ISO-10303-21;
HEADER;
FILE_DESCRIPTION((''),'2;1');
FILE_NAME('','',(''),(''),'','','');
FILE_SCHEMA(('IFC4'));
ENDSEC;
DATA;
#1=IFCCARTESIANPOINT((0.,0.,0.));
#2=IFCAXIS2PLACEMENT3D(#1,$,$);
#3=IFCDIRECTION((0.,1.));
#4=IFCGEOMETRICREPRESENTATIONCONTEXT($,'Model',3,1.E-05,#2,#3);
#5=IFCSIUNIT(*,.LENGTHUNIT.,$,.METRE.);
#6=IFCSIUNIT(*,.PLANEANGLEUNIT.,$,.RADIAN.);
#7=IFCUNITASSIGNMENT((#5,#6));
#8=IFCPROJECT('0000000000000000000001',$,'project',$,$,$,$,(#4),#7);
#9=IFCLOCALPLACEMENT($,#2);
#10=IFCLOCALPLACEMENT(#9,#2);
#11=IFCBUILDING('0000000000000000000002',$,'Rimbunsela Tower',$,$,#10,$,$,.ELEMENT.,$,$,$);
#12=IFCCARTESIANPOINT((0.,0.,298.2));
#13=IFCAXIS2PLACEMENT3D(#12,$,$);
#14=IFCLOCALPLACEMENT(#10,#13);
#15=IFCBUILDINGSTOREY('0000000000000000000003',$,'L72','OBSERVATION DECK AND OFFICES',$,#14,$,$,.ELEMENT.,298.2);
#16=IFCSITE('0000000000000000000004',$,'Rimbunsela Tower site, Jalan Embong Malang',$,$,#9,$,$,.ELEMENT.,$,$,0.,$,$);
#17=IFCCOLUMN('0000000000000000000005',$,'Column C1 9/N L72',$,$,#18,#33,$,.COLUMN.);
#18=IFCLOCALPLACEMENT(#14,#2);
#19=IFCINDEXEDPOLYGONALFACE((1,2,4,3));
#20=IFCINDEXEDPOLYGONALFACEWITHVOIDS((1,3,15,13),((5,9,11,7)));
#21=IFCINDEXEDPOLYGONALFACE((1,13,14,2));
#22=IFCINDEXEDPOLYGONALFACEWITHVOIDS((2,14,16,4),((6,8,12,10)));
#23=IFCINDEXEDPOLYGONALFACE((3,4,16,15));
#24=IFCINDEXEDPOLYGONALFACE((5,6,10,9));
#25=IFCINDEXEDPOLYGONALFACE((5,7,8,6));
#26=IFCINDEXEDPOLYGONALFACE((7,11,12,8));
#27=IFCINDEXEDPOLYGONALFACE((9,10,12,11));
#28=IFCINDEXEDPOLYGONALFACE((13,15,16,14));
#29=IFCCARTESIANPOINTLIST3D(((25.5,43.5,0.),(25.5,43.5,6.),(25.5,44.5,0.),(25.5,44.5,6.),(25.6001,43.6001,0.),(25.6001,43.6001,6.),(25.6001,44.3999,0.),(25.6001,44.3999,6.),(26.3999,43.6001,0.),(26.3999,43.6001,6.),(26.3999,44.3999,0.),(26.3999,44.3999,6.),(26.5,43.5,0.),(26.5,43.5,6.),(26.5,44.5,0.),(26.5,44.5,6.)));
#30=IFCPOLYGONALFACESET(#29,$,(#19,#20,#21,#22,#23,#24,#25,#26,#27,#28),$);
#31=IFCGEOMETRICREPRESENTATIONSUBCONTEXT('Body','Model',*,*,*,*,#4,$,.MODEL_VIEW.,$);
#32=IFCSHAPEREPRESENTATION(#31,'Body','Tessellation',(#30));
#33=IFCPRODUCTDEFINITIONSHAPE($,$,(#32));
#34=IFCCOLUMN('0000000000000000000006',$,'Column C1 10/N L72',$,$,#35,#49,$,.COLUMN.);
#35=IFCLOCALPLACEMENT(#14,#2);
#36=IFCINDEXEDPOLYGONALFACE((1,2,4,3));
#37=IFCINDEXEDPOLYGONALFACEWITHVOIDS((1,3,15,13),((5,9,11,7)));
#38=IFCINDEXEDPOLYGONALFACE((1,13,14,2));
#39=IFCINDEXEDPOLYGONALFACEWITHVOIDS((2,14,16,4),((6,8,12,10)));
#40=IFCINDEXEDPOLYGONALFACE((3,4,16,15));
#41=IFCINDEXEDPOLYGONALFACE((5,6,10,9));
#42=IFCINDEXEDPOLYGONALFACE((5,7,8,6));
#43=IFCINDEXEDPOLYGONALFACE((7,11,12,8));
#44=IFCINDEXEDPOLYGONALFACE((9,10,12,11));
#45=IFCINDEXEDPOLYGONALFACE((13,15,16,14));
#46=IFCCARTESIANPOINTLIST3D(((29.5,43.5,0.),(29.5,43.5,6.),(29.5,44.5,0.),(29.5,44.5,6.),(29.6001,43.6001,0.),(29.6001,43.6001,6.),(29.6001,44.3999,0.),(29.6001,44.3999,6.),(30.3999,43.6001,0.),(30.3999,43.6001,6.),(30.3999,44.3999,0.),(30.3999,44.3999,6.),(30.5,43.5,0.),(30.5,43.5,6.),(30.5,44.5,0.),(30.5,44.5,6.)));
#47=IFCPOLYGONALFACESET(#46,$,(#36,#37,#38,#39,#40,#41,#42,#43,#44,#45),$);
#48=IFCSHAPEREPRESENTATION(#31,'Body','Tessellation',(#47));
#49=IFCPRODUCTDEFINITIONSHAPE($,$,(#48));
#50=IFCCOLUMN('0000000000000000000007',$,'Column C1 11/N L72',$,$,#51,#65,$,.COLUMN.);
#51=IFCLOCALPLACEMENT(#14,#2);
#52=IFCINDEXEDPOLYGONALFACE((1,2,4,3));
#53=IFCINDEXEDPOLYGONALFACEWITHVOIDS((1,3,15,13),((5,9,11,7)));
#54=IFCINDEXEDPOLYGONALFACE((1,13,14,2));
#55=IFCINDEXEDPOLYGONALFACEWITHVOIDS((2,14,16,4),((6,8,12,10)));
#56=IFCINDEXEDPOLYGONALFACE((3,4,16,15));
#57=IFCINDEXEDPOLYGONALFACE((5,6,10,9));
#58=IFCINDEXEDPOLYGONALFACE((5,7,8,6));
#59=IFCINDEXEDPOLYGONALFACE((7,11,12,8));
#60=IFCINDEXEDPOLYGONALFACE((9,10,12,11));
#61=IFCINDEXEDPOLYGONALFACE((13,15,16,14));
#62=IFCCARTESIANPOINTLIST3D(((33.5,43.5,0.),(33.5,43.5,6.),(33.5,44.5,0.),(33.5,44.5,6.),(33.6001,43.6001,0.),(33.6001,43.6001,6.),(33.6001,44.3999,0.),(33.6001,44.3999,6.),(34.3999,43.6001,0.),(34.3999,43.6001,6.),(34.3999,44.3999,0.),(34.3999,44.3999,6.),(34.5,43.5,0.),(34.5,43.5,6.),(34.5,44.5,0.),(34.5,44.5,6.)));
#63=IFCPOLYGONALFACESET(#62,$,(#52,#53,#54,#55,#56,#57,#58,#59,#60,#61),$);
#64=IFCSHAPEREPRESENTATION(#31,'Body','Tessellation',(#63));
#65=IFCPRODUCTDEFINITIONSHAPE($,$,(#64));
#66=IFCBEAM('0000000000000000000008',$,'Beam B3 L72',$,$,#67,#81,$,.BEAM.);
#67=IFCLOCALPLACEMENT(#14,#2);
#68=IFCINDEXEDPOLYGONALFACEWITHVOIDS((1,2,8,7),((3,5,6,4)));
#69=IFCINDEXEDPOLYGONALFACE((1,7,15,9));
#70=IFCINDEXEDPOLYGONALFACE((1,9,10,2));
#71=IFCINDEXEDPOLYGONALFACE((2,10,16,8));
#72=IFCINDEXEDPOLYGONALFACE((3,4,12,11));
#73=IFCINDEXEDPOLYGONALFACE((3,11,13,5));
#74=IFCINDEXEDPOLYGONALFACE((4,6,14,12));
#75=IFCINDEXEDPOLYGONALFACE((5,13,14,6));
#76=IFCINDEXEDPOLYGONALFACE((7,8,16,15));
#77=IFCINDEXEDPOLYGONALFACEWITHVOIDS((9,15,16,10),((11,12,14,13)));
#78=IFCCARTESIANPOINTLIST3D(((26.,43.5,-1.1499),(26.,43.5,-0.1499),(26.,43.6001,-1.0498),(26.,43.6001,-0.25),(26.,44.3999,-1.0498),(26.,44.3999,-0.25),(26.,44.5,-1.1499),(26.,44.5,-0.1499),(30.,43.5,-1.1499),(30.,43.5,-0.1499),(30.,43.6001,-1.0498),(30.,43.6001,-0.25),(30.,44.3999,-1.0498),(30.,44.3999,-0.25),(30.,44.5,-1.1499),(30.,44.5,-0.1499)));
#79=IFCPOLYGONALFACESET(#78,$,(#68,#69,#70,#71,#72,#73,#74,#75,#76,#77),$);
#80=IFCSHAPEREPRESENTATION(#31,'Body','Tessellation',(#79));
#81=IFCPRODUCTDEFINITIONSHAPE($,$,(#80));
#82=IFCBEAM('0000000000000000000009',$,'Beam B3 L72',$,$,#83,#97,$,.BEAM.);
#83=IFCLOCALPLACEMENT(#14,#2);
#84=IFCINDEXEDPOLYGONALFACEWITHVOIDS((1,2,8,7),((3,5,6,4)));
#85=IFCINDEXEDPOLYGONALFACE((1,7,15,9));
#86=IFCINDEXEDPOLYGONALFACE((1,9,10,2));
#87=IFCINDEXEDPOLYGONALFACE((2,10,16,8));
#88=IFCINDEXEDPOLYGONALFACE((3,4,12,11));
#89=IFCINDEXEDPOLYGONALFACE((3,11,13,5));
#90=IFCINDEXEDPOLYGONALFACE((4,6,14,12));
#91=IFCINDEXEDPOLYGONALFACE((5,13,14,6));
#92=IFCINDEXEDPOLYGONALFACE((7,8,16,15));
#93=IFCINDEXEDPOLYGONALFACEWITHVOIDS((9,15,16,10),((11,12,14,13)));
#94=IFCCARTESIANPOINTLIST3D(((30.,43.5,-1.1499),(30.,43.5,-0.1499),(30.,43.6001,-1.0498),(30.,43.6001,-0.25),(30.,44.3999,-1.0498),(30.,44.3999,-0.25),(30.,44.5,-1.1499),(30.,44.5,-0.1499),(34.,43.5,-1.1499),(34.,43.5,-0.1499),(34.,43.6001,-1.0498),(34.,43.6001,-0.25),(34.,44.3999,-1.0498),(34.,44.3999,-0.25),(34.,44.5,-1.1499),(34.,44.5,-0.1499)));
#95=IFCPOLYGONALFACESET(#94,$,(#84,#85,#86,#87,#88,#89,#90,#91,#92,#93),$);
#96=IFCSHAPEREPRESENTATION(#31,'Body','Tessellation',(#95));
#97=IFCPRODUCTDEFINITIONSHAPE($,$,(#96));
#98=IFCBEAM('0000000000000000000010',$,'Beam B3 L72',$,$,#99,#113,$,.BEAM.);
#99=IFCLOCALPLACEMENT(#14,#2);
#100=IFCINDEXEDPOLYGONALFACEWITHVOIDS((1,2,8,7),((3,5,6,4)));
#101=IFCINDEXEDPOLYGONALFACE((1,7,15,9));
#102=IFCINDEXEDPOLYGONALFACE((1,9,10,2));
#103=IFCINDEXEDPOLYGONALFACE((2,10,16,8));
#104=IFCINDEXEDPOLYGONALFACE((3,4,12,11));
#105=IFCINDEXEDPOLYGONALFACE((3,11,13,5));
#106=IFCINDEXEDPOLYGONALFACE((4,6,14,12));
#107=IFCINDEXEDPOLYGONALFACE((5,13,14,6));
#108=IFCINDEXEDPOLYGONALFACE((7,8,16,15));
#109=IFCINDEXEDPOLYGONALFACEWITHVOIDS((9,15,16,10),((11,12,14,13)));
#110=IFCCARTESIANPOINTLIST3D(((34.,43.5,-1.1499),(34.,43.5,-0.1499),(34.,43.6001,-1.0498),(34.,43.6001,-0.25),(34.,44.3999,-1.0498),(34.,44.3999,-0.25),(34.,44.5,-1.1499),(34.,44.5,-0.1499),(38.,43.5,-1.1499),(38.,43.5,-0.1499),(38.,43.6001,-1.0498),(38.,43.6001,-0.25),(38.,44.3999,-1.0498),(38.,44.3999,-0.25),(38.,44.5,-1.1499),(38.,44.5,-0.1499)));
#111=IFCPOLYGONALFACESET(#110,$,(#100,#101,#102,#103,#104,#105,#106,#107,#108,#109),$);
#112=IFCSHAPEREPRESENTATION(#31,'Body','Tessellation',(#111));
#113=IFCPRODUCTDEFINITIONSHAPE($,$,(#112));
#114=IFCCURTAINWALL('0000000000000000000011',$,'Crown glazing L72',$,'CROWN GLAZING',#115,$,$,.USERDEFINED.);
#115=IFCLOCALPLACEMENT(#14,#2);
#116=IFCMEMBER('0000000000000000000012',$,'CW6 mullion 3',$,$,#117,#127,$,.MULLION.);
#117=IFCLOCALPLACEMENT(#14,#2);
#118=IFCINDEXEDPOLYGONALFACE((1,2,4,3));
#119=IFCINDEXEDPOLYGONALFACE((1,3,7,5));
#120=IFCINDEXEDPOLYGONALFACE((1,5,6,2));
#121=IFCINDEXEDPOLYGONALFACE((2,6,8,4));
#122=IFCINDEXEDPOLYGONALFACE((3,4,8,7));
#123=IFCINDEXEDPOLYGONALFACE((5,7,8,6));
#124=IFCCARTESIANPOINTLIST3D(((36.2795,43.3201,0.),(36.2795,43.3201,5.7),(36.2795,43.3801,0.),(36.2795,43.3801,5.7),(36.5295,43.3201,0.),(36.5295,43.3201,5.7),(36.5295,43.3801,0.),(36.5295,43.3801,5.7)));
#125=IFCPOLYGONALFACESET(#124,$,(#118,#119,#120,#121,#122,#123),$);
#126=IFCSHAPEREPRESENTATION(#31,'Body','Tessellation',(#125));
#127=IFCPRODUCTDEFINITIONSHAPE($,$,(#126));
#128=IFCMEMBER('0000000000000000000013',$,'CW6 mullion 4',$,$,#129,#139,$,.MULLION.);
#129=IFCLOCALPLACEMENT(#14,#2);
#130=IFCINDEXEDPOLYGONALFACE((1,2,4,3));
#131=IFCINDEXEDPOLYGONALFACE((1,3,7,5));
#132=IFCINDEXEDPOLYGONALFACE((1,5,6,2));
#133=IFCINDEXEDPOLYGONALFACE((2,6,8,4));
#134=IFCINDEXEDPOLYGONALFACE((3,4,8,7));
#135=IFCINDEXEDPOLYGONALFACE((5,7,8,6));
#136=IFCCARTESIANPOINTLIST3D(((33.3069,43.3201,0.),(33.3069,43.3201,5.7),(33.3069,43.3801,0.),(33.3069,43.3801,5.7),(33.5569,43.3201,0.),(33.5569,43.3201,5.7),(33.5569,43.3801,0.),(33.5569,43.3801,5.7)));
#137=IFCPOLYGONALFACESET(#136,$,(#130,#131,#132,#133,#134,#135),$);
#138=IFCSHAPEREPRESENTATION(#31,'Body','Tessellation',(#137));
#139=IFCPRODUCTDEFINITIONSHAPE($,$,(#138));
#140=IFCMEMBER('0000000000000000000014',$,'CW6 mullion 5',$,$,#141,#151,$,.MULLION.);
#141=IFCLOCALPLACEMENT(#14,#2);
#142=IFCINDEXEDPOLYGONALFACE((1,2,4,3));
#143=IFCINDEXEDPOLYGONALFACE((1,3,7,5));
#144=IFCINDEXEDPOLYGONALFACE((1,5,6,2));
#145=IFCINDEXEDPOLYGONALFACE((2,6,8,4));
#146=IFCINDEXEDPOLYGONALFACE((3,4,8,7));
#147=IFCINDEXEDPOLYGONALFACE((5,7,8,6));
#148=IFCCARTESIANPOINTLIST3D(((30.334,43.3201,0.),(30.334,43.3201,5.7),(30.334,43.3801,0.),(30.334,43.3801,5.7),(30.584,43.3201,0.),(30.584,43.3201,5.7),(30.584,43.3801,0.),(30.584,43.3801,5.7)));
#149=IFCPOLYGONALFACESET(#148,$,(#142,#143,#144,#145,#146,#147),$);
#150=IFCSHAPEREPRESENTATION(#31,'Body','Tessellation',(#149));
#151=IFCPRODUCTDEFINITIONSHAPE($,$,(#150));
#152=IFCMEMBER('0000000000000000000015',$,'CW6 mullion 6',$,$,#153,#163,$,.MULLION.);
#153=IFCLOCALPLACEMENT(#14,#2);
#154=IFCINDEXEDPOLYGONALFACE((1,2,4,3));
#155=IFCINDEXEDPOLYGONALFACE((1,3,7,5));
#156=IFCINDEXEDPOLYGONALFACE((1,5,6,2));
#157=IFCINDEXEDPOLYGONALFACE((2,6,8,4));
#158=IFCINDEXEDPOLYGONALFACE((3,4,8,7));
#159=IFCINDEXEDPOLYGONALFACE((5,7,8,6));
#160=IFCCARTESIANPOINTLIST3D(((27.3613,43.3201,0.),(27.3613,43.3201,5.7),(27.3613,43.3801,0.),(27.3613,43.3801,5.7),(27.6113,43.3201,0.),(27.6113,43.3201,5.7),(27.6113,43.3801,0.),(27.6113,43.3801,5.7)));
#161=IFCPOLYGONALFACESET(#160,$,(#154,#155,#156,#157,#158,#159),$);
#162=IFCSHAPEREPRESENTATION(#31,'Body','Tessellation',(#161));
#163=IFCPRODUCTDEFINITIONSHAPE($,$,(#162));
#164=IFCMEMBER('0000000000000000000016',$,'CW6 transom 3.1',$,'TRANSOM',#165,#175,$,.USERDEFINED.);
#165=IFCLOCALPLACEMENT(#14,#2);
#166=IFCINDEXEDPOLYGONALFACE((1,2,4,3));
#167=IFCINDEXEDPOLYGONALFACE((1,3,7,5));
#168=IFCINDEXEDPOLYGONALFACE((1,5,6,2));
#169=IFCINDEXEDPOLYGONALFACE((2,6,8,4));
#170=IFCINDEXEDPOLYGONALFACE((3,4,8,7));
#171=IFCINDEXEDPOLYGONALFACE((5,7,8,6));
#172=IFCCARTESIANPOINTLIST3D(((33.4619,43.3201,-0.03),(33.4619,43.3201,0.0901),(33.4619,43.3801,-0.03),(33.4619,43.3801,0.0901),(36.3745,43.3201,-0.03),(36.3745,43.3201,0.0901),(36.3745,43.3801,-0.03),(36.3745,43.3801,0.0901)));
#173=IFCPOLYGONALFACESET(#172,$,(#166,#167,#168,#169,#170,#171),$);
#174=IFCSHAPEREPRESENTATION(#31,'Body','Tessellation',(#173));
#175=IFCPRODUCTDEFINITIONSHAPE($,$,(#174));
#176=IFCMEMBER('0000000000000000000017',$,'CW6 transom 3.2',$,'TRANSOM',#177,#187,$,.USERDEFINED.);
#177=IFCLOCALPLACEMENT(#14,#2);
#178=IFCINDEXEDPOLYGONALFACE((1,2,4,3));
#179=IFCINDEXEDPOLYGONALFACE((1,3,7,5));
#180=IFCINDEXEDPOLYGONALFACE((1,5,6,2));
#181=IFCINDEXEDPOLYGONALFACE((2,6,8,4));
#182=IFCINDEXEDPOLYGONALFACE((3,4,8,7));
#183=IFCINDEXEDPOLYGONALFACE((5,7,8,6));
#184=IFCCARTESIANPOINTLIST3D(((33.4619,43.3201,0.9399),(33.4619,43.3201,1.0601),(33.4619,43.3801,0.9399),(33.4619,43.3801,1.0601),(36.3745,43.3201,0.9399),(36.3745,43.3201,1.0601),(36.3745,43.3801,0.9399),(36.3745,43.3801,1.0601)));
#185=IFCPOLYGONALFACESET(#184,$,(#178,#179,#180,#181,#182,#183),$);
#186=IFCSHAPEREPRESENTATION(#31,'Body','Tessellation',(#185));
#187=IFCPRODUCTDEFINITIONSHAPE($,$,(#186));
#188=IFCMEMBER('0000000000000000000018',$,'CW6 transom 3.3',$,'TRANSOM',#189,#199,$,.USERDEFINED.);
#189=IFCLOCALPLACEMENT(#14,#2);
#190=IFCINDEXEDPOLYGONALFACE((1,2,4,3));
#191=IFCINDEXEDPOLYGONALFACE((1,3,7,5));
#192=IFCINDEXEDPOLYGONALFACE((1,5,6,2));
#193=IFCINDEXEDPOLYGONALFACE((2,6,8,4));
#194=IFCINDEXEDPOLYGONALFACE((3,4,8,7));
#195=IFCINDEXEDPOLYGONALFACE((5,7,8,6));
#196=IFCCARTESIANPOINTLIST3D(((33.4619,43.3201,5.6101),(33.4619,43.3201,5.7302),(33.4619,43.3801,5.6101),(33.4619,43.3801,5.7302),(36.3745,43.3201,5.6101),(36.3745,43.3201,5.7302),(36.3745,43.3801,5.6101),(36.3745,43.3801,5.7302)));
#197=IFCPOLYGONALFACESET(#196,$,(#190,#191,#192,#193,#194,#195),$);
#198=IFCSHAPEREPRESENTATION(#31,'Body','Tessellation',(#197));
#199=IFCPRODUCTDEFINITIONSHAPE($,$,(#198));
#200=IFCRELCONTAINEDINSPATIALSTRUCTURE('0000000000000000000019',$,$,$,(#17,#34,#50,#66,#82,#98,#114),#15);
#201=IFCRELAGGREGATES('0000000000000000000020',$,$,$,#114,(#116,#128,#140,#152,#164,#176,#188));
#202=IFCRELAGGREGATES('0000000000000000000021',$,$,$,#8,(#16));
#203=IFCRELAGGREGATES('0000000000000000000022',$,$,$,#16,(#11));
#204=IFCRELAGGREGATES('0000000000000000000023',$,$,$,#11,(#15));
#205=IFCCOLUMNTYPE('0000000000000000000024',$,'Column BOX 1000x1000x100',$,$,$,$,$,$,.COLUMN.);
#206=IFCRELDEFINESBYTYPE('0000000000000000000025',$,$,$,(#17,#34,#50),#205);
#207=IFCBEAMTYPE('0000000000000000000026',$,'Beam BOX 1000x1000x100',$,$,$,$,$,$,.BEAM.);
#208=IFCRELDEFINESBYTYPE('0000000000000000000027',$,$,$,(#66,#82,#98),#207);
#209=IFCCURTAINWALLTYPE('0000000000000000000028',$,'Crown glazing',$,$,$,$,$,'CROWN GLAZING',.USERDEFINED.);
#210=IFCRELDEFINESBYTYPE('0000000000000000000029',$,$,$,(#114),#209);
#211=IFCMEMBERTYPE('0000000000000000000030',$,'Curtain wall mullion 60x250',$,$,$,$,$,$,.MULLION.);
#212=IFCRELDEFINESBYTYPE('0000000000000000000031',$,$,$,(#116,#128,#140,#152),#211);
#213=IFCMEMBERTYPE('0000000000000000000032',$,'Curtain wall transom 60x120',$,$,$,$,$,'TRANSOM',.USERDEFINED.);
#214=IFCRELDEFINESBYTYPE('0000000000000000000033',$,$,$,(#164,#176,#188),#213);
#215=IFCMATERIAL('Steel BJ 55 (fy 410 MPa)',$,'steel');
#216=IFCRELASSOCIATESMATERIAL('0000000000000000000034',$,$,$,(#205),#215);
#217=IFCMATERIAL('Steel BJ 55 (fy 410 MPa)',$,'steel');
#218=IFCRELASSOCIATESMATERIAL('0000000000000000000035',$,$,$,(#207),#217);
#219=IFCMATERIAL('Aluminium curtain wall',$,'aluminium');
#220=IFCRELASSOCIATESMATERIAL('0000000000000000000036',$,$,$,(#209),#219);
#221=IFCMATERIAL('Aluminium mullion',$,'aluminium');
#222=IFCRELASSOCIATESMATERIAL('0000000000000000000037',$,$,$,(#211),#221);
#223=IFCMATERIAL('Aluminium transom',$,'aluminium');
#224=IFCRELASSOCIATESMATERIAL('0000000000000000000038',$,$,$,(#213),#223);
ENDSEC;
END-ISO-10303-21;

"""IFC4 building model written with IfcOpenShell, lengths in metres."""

from ifc_helpers import new_model, si_unit, direction, frame, origin, origin_2d, place, context, subcontext, project, spatial, rectangle, hollow_rectangle, extrude, material, material_profile, profile_set, type_object, element, aggregate, save


model = new_model("IFC4")

# Units and contexts
model_context = context("Model", 3, precision=1e-05, world=origin(), true_north=direction((0.0, 1.0)))
body_context = subcontext(model_context, "Body", "Model", "MODEL_VIEW")
ifc_project = project(units=[si_unit("LENGTHUNIT", "METRE"), si_unit("PLANEANGLEUNIT", "RADIAN")], contexts=[model_context])

# Site, building, storey
site_placement = place(None, origin())
site = spatial("IfcSite", under=ifc_project, at=site_placement, Name="Rimbunsela Tower site, Jalan Embong Malang", CompositionType="ELEMENT", RefElevation=0.0)
building_placement = place(site_placement, origin())
building = spatial("IfcBuilding", under=site, at=building_placement, Name="Rimbunsela Tower", CompositionType="ELEMENT")
storey_placement = place(building_placement, frame((0.0, 0.0, 298.2)))
storey = spatial("IfcBuildingStorey", under=building, at=storey_placement, Name="L72", Description="OBSERVATION DECK AND OFFICES", CompositionType="ELEMENT", Elevation=298.2)

# Columns
ifc_material_1 = material(Name="Steel BJ 55 (fy 410 MPa)", Category="steel")
ifc_material_profile_1 = material_profile(ifc_material_1, hollow_rectangle(XDim=1.0, YDim=1.0, WallThickness=0.1001, at=origin_2d()), Name="BOX 1000x1000x100")
ifc_profile_set_1 = profile_set([ifc_material_profile_1], Name="Steel BJ 55 (fy 410 MPa)")
column_type = type_object("IfcColumnType", Name="Column BOX 1000x1000x100", PredefinedType="COLUMN", material=ifc_profile_set_1)
for number, where, z_axis, x_axis, name in (
    (1, (26.0, 44.0, 0.0), (0.0, 0.0, 1.0), (1.0, 0.0, 0.0), "Column C1 9/N L72"),
    (2, (30.0, 44.0, 0.0), (0.0, 0.0, 1.0), (1.0, 0.0, 0.0), "Column C1 10/N L72"),
    (3, (34.0, 44.0, 0.0), (0.0, 0.0, 1.0), (1.0, 0.0, 0.0), "Column C1 11/N L72"),
):
    element("IfcColumn", number, at=place(storey_placement, frame(where, z_axis=z_axis, x_axis=x_axis)), inside=storey, type_object=column_type, Name=name, PredefinedType="COLUMN", context=body_context, shape_type="SweptSolid", body=[
        extrude(hollow_rectangle(XDim=1.0, YDim=1.0, WallThickness=0.1001, at=origin_2d()), origin(), (0.0, 0.0, 1.0), 6.0),
    ])

# Beams
ifc_material_2 = material(Name="Steel BJ 55 (fy 410 MPa)", Category="steel")
ifc_material_profile_2 = material_profile(ifc_material_2, hollow_rectangle(XDim=1.0, YDim=1.0, WallThickness=0.1001, at=origin_2d()), Name="BOX 1000x1000x100")
ifc_profile_set_2 = profile_set([ifc_material_profile_2], Name="Steel BJ 55 (fy 410 MPa)")
beam_type = type_object("IfcBeamType", Name="Beam BOX 1000x1000x100", PredefinedType="BEAM", material=ifc_profile_set_2)
for number, where, z_axis, x_axis, name in (
    (4, (26.0, 44.0, -0.6499), (1.0, 0.0, 0.0), (0.0, 1.0, 0.0), "Beam B3 L72"),
    (5, (30.0, 44.0, -0.6499), (1.0, 0.0, 0.0), (0.0, 1.0, 0.0), "Beam B3 L72"),
    (6, (34.0, 44.0, -0.6499), (1.0, 0.0, 0.0), (0.0, 1.0, 0.0), "Beam B3 L72"),
):
    element("IfcBeam", number, at=place(storey_placement, frame(where, z_axis=z_axis, x_axis=x_axis)), inside=storey, type_object=beam_type, Name=name, PredefinedType="BEAM", context=body_context, shape_type="SweptSolid", body=[
        extrude(hollow_rectangle(XDim=1.0, YDim=1.0, WallThickness=0.1001, at=origin_2d()), origin(), (0.0, 0.0, 1.0), 4.0),
    ])

# Curtain wall, members
ifc_material_3 = material(Name="Aluminium curtain wall", Category="aluminium")
curtain_wall_type = type_object("IfcCurtainWallType", Name="Crown glazing", ElementType="CROWN GLAZING", PredefinedType="USERDEFINED", material=ifc_material_3)
curtain_wall_placement = place(storey_placement, origin())
curtain_wall = element("IfcCurtainWall", 7, at=curtain_wall_placement, inside=storey, type_object=curtain_wall_type, Name="Crown glazing L72", ObjectType="CROWN GLAZING", PredefinedType="USERDEFINED")
ifc_material_4 = material(Name="Aluminium mullion", Category="aluminium")
ifc_material_profile_3 = material_profile(ifc_material_4, rectangle(XDim=0.0601, YDim=0.25, at=origin_2d()), Name="Mullion 60x250")
ifc_profile_set_3 = profile_set([ifc_material_profile_3], Name="Aluminium mullion")
member_type_1 = type_object("IfcMemberType", Name="Curtain wall mullion 60x250", PredefinedType="MULLION", material=ifc_profile_set_3)
member_1_placement = place(storey_placement, frame((36.4045, 43.3501, 0.0), z_axis=(0.0, 0.0, 1.0), x_axis=(0.0, -1.0, 0.0)))
member_1 = element("IfcMember", 8, at=member_1_placement, type_object=member_type_1, Name="CW6 mullion 3", PredefinedType="MULLION", context=body_context, shape_type="SweptSolid", body=[
    extrude(rectangle(XDim=0.0601, YDim=0.25, at=origin_2d()), origin(), (0.0, 0.0, 1.0), 5.7),
])
member_2_placement = place(storey_placement, frame((33.4319, 43.3501, 0.0), z_axis=(0.0, 0.0, 1.0), x_axis=(0.0, -1.0, 0.0)))
member_2 = element("IfcMember", 9, at=member_2_placement, type_object=member_type_1, Name="CW6 mullion 4", PredefinedType="MULLION", context=body_context, shape_type="SweptSolid", body=[
    extrude(rectangle(XDim=0.0601, YDim=0.25, at=origin_2d()), origin(), (0.0, 0.0, 1.0), 5.7),
])
member_3_placement = place(storey_placement, frame((30.459, 43.3501, 0.0), z_axis=(0.0, 0.0, 1.0), x_axis=(0.0, -1.0, 0.0)))
member_3 = element("IfcMember", 10, at=member_3_placement, type_object=member_type_1, Name="CW6 mullion 5", PredefinedType="MULLION", context=body_context, shape_type="SweptSolid", body=[
    extrude(rectangle(XDim=0.0601, YDim=0.25, at=origin_2d()), origin(), (0.0, 0.0, 1.0), 5.7),
])
member_4_placement = place(storey_placement, frame((27.4863, 43.3501, 0.0), z_axis=(0.0, 0.0, 1.0), x_axis=(0.0, -1.0, 0.0)))
member_4 = element("IfcMember", 11, at=member_4_placement, type_object=member_type_1, Name="CW6 mullion 6", PredefinedType="MULLION", context=body_context, shape_type="SweptSolid", body=[
    extrude(rectangle(XDim=0.0601, YDim=0.25, at=origin_2d()), origin(), (0.0, 0.0, 1.0), 5.7),
])
ifc_material_5 = material(Name="Aluminium transom", Category="aluminium")
ifc_material_profile_4 = material_profile(ifc_material_5, rectangle(XDim=0.0601, YDim=0.1201, at=origin_2d()), Name="Transom 60x120")
ifc_profile_set_4 = profile_set([ifc_material_profile_4], Name="Aluminium transom")
member_type_2 = type_object("IfcMemberType", Name="Curtain wall transom 60x120", ElementType="TRANSOM", PredefinedType="USERDEFINED", material=ifc_profile_set_4)
member_5_placement = place(storey_placement, frame((36.3745, 43.3501, 0.03), z_axis=(-1.0, 0.0, 0.0), x_axis=(0.0, -1.0, 0.0)))
member_5 = element("IfcMember", 12, at=member_5_placement, type_object=member_type_2, Name="CW6 transom 3.1", ObjectType="TRANSOM", PredefinedType="USERDEFINED", context=body_context, shape_type="SweptSolid", body=[
    extrude(rectangle(XDim=0.0601, YDim=0.1201, at=origin_2d()), origin(), (0.0, 0.0, 1.0), 2.9126),
])
member_6_placement = place(storey_placement, frame((36.3745, 43.3501, 1.0), z_axis=(-1.0, 0.0, 0.0), x_axis=(0.0, -1.0, 0.0)))
member_6 = element("IfcMember", 13, at=member_6_placement, type_object=member_type_2, Name="CW6 transom 3.2", ObjectType="TRANSOM", PredefinedType="USERDEFINED", context=body_context, shape_type="SweptSolid", body=[
    extrude(rectangle(XDim=0.0601, YDim=0.1201, at=origin_2d()), origin(), (0.0, 0.0, 1.0), 2.9126),
])
member_7_placement = place(storey_placement, frame((36.3745, 43.3501, 5.6702), z_axis=(-1.0, 0.0, 0.0), x_axis=(0.0, -1.0, 0.0)))
member_7 = element("IfcMember", 14, at=member_7_placement, type_object=member_type_2, Name="CW6 transom 3.3", ObjectType="TRANSOM", PredefinedType="USERDEFINED", context=body_context, shape_type="SweptSolid", body=[
    extrude(rectangle(XDim=0.0601, YDim=0.1201, at=origin_2d()), origin(), (0.0, 0.0, 1.0), 2.9126),
])
aggregate(curtain_wall, [member_1, member_2, member_3, member_4, member_5, member_6, member_7])

save(model, "model.ifc")
